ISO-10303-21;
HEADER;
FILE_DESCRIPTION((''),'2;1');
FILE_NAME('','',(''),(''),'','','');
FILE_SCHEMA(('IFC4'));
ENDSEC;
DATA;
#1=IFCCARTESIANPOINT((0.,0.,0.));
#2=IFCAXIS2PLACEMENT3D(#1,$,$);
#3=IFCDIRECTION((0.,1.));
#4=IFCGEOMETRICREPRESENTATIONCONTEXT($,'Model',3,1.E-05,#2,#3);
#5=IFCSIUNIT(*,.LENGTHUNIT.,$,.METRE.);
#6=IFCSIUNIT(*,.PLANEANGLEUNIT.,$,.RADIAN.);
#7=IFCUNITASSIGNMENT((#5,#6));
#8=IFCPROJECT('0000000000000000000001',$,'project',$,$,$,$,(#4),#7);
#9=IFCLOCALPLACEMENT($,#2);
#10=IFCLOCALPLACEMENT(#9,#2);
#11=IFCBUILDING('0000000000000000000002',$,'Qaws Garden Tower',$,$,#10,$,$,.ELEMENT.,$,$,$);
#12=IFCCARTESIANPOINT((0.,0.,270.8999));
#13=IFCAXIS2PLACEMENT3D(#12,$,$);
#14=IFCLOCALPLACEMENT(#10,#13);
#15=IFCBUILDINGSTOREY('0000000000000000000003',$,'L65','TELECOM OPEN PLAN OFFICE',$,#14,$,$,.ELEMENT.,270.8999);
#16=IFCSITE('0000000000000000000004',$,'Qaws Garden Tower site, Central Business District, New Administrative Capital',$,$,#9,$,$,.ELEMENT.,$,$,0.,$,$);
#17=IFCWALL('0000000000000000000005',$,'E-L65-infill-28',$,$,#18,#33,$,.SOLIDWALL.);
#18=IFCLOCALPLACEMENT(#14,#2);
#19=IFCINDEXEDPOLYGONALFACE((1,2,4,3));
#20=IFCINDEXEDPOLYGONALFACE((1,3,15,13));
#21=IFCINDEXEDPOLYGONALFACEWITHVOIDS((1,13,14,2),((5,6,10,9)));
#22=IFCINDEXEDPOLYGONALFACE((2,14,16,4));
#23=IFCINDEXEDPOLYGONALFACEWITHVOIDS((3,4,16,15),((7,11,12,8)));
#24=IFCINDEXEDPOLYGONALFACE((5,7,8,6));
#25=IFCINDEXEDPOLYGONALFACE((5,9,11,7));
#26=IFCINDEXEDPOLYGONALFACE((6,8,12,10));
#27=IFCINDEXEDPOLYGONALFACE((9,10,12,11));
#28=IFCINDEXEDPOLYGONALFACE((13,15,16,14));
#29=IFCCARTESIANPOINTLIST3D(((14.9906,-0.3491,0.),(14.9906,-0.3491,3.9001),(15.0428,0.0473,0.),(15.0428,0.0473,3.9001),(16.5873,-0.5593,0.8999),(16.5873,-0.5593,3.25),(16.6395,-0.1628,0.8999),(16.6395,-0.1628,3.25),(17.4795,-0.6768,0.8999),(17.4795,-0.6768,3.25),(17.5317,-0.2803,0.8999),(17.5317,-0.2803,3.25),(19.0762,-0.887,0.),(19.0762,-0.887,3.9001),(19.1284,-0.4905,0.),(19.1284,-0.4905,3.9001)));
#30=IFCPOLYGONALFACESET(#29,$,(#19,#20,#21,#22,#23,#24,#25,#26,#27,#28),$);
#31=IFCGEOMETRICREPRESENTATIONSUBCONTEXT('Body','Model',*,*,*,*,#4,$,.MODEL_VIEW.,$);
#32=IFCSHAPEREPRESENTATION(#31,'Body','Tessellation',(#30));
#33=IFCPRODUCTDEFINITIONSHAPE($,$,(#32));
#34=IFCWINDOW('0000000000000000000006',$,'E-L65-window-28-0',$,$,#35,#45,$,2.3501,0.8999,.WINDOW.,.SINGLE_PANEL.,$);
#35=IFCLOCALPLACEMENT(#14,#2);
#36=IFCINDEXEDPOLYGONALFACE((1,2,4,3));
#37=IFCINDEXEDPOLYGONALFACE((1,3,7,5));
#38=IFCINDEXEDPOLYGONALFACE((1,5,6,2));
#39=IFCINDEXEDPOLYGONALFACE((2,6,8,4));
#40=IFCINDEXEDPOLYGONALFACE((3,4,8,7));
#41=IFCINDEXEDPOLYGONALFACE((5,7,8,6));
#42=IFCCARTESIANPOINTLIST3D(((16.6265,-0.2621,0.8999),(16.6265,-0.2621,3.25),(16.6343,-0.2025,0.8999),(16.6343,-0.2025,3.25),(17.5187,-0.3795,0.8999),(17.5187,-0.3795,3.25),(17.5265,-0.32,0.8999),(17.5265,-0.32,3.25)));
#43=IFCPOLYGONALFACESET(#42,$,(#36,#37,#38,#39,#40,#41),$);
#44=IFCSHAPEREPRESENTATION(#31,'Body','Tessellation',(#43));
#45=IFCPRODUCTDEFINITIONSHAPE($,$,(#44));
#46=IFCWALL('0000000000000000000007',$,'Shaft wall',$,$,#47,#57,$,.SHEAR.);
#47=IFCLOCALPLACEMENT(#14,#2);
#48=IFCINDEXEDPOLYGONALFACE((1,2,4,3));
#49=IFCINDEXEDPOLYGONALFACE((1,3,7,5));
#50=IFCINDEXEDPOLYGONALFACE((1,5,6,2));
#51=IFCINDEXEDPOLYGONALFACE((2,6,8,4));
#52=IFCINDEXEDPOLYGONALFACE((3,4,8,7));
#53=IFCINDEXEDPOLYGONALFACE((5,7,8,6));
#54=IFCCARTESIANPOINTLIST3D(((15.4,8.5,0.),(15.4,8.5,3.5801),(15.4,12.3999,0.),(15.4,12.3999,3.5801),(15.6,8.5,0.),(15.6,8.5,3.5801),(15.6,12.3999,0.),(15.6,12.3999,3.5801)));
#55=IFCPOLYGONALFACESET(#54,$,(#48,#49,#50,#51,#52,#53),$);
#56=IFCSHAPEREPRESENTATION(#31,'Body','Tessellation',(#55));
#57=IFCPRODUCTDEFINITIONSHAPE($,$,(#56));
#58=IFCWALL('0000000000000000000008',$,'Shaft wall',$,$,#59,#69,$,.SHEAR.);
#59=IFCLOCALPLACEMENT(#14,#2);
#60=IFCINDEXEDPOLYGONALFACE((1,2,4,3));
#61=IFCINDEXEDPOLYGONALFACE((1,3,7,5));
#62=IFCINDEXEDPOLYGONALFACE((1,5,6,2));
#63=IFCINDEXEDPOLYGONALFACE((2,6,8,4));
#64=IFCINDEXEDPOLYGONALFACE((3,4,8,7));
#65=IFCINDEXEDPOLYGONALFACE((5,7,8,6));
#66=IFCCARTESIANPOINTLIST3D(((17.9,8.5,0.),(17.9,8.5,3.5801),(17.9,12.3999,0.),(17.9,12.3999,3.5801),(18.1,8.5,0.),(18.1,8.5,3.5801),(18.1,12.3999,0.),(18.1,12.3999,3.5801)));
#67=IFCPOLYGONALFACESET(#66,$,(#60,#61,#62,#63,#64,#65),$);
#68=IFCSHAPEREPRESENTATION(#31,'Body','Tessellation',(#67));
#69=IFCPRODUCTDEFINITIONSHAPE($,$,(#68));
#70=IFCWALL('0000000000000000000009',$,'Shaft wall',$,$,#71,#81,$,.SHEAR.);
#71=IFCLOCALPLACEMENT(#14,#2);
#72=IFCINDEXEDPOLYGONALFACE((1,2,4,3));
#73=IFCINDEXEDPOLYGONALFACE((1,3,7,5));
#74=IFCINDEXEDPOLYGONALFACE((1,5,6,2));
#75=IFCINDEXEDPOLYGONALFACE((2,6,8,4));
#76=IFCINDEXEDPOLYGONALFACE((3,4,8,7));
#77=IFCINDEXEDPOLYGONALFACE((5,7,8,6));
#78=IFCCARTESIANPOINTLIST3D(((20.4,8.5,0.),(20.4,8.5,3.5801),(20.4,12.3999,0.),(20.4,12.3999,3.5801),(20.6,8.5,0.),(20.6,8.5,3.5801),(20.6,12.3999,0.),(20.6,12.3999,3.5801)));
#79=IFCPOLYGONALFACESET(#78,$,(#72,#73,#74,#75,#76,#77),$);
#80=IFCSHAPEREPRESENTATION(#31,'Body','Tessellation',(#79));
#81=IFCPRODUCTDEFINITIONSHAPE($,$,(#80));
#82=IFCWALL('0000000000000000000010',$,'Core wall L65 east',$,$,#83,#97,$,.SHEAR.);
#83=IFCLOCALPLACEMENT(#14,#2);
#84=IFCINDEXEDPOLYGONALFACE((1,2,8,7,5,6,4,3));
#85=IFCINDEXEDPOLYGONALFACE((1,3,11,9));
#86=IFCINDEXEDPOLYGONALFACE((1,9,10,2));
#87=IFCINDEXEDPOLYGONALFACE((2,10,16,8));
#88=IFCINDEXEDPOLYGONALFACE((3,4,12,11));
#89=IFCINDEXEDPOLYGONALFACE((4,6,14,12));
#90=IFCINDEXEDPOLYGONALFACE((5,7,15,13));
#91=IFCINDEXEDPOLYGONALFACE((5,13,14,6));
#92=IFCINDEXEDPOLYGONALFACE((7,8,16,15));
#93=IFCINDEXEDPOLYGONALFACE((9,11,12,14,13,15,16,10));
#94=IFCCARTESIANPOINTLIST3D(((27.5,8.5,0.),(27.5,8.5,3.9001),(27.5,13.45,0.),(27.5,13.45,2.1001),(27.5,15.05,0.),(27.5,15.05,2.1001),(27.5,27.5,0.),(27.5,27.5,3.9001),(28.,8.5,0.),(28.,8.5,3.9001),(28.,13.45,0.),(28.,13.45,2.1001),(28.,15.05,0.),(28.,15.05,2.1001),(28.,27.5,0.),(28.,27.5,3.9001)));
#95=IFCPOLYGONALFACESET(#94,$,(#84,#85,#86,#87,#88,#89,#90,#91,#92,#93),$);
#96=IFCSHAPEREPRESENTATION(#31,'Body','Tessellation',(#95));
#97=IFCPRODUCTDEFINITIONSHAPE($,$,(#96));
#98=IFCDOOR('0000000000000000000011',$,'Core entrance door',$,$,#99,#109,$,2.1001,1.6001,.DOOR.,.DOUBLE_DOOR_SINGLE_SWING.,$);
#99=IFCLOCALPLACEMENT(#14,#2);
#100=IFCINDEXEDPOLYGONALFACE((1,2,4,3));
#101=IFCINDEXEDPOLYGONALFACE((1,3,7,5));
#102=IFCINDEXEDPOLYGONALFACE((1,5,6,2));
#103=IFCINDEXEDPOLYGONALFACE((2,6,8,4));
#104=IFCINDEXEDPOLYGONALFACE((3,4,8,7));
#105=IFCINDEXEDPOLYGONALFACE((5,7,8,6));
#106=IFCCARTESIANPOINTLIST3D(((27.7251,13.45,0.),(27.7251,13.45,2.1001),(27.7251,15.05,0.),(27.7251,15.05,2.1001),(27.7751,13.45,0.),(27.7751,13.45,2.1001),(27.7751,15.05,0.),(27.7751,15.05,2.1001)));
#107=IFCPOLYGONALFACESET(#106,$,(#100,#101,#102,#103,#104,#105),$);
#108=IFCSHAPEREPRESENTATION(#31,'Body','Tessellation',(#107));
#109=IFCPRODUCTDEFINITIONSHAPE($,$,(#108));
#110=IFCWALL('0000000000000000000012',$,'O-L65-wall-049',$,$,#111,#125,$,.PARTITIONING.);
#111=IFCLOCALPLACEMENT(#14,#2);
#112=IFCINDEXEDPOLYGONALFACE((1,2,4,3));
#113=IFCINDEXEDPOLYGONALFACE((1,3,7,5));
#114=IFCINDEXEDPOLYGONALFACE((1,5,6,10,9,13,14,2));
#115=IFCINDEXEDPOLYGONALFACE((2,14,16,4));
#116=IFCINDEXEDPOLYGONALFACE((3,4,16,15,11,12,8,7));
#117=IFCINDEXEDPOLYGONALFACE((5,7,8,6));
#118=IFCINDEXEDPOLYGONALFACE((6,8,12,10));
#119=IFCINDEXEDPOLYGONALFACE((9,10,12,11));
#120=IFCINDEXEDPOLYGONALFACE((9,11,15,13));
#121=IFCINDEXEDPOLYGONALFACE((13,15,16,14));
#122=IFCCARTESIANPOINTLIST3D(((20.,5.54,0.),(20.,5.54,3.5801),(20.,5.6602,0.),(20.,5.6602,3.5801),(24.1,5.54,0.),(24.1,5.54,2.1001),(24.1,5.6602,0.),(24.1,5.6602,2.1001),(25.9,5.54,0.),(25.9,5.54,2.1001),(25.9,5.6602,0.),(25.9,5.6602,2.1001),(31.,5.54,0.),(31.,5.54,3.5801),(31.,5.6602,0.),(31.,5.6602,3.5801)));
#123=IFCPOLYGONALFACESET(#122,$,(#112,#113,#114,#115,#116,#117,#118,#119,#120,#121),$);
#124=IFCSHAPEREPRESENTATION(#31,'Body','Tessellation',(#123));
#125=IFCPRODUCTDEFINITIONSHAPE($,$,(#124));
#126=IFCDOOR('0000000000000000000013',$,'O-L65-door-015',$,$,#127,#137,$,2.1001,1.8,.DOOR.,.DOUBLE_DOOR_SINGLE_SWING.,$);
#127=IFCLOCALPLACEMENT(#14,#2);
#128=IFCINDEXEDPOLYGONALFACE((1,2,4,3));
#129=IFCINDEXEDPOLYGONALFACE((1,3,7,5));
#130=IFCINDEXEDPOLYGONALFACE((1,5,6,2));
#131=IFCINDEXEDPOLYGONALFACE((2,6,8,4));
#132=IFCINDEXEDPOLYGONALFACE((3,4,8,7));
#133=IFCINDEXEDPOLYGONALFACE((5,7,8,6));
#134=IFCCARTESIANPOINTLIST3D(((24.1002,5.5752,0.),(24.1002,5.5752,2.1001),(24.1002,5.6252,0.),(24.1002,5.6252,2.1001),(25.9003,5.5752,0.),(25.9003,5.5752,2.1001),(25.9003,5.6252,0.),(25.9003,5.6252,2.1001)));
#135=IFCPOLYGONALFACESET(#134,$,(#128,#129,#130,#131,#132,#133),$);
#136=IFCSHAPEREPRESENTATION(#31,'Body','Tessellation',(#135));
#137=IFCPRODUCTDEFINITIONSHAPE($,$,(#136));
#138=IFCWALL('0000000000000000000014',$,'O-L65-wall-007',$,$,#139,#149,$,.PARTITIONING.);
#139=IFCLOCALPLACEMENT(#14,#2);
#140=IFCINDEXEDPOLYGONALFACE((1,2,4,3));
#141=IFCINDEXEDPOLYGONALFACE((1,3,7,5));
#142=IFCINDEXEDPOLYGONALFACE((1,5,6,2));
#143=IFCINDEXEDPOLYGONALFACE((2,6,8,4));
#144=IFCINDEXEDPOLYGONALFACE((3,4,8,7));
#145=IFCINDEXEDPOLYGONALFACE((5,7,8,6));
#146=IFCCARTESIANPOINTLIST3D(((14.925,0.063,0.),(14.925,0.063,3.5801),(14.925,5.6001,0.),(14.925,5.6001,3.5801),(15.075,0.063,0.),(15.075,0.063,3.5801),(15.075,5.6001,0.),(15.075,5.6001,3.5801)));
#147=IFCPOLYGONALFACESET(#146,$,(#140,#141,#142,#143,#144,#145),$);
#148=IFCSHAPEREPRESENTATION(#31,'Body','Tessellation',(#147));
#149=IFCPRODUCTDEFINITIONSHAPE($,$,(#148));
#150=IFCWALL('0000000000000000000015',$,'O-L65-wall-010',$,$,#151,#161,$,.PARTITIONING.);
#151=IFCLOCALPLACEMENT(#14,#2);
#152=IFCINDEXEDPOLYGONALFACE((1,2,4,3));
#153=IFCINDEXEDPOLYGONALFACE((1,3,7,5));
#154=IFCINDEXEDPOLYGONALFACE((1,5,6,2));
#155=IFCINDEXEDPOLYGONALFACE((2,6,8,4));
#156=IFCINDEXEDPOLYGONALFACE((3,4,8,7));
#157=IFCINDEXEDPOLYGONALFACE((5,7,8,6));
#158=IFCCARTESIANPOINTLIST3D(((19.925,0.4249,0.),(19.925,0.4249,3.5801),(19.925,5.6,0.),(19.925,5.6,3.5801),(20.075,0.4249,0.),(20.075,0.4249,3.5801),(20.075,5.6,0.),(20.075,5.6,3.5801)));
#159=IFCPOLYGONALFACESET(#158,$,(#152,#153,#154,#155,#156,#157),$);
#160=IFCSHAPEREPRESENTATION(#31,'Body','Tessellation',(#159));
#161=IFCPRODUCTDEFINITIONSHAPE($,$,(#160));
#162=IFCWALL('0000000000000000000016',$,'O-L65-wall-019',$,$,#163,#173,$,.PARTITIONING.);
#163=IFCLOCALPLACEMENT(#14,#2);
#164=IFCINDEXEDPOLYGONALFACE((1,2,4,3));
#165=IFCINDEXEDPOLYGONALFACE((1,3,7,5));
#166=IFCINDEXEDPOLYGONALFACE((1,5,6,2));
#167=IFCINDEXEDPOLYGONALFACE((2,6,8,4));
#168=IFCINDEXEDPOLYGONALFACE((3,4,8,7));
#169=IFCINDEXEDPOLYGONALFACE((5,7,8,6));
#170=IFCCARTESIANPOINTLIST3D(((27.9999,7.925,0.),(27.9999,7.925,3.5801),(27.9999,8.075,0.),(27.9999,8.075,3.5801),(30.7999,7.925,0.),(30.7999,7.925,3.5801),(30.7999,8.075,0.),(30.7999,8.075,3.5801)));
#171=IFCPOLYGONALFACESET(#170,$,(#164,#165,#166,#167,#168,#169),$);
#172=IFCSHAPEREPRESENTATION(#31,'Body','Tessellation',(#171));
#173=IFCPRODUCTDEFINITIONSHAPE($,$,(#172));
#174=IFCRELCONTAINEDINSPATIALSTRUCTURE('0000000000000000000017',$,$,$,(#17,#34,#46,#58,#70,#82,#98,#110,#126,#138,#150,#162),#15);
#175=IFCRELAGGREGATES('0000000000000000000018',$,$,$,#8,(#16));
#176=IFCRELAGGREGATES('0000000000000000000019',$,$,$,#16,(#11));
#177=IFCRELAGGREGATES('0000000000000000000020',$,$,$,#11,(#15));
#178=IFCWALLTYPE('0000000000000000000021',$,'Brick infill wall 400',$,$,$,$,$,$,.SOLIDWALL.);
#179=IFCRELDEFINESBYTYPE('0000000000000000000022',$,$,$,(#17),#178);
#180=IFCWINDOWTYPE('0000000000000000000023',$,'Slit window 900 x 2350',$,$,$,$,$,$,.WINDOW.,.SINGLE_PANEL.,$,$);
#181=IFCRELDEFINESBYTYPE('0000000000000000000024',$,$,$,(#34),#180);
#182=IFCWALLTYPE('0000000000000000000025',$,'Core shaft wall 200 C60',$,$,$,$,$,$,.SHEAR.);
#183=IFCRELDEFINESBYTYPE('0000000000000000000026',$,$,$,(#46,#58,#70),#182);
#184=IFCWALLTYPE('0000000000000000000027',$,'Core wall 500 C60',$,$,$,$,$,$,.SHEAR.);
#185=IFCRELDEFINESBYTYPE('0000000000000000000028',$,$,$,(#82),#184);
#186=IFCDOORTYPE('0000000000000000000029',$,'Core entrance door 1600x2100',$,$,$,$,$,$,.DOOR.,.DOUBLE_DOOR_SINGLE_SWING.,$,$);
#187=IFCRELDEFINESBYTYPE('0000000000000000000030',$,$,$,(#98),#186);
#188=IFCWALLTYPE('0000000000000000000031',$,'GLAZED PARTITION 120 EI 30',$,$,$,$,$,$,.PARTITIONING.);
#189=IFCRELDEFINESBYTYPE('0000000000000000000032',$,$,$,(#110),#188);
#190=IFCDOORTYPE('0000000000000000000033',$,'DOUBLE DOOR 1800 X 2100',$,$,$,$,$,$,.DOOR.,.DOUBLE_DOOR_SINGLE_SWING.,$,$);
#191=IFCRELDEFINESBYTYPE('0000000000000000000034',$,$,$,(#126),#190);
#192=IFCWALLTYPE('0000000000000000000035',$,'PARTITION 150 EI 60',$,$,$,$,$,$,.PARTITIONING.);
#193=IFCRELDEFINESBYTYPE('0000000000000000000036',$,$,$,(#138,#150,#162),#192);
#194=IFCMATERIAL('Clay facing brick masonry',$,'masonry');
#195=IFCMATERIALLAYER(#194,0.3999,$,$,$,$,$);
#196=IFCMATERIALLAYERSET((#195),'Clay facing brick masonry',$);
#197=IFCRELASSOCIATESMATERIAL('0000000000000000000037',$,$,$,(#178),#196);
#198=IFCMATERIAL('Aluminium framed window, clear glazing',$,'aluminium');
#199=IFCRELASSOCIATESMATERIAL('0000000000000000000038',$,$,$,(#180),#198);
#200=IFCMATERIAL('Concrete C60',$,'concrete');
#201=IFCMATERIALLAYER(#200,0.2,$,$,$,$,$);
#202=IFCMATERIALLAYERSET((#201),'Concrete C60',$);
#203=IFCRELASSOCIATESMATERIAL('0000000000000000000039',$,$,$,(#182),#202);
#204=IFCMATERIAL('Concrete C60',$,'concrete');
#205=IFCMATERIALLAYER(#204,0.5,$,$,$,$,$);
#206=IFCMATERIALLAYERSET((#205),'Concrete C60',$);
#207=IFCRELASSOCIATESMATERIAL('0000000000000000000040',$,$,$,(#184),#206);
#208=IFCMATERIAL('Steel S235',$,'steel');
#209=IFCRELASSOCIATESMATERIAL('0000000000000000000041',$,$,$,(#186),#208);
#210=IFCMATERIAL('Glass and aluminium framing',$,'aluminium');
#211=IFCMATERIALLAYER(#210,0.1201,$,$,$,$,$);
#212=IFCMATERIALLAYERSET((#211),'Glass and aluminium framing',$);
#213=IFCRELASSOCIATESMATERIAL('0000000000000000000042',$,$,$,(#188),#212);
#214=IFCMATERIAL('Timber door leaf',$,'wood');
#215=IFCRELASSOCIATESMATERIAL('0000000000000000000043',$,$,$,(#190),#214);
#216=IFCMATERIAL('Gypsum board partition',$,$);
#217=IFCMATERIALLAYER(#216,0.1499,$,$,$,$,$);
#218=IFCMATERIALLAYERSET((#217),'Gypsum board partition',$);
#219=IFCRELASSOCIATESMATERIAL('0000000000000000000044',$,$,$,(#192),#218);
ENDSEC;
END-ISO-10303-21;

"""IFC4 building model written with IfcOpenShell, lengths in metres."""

from ifc_helpers import new_model, si_unit, direction, frame, frame_2d, origin, place, context, subcontext, project, spatial, rectangle, extrude, material, layer, layer_set, type_object, element, fill, save


model = new_model("IFC4")

# Units and contexts
model_context = context("Model", 3, precision=1e-05, world=origin(), true_north=direction((0.0, 1.0)))
body_context = subcontext(model_context, "Body", "Model", "MODEL_VIEW")
ifc_project = project(units=[si_unit("LENGTHUNIT", "METRE"), si_unit("PLANEANGLEUNIT", "RADIAN")], contexts=[model_context])

# Site, building, storey
site_placement = place(None, origin())
site = spatial("IfcSite", under=ifc_project, at=site_placement, Name="Qaws Garden Tower site, Central Business District, New Administrative Capital", CompositionType="ELEMENT", RefElevation=0.0)
building_placement = place(site_placement, origin())
building = spatial("IfcBuilding", under=site, at=building_placement, Name="Qaws Garden Tower", CompositionType="ELEMENT")
storey_placement = place(building_placement, frame((0.0, 0.0, 270.8999)))
storey = spatial("IfcBuildingStorey", under=building, at=storey_placement, Name="L65", Description="TELECOM OPEN PLAN OFFICE", CompositionType="ELEMENT", Elevation=270.8999)

# Shared definitions
ifc_material_1 = material(Name="Clay facing brick masonry", Category="masonry")
ifc_layer_1 = layer(ifc_material_1, 0.3999)
ifc_layer_set_1 = layer_set([ifc_layer_1], Name="Clay facing brick masonry")
wall_type_1 = type_object("IfcWallType", Name="Brick infill wall 400", PredefinedType="SOLIDWALL", material=ifc_layer_set_1)
ifc_material_2 = material(Name="Aluminium framed window, clear glazing", Category="aluminium")
window_type = type_object("IfcWindowType", Name="Slit window 900 x 2350", PartitioningType="SINGLE_PANEL", PredefinedType="WINDOW", material=ifc_material_2)

# Wall, opening, window
wall_1_placement = place(storey_placement, frame((15.0166, -0.1509, 0.0), z_axis=(0.0, 0.0, 1.0), x_axis=(0.991446, -0.130514, 0.0)))
wall_1 = element("IfcWall", 1, at=wall_1_placement, inside=storey, type_object=wall_type_1, Name="E-L65-infill-28", PredefinedType="SOLIDWALL", context=body_context, shape_type="SweptSolid", body=[
    extrude(rectangle(XDim=4.1208, YDim=0.3999, at=frame_2d((2.0605, 0.0))), origin(), (0.0, 0.0, 1.0), 3.9001),
])
opening_1_placement = place(wall_1_placement, frame((1.6106, 0.0, 0.8999)))
opening_1 = element("IfcOpeningElement", 2, at=opening_1_placement, cuts=wall_1, PredefinedType="OPENING", context=body_context, shape_type="SweptSolid", body=[
    extrude(rectangle(XDim=0.8999, YDim=2.3501, at=frame_2d((0.45, 1.175))), frame((0.0, 0.21, 0.0), z_axis=(0.0, -1.0, 0.0), x_axis=(1.0, 0.0, 0.0)), (0.0, 0.0, 1.0), 0.4199),
])
window_1_placement = place(opening_1_placement, origin())
window_1 = element("IfcWindow", 3, at=window_1_placement, inside=storey, type_object=window_type, Name="E-L65-window-28-0", OverallHeight=2.3501, OverallWidth=0.8999, PartitioningType="SINGLE_PANEL", PredefinedType="WINDOW", context=body_context, shape_type="SweptSolid", body=[
    extrude(rectangle(XDim=0.8999, YDim=2.3501, at=frame_2d((0.45, 1.175))), frame((0.0, 0.1599, 0.0), z_axis=(0.0, -1.0, 0.0), x_axis=(1.0, 0.0, 0.0)), (0.0, 0.0, 1.0), 0.0601),
])
fill(opening_1, window_1)

# Walls
ifc_material_3 = material(Name="Concrete C60", Category="concrete")
ifc_layer_2 = layer(ifc_material_3, 0.2)
ifc_layer_set_2 = layer_set([ifc_layer_2], Name="Concrete C60")
wall_type_2 = type_object("IfcWallType", Name="Core shaft wall 200 C60", PredefinedType="SHEAR", material=ifc_layer_set_2)
for number, where, z_axis, x_axis, name in (
    (4, (15.5, 8.5, 0.0), (0.0, 0.0, 1.0), (0.0, 1.0, 0.0), "Shaft wall"),
    (5, (18.0, 8.5, 0.0), (0.0, 0.0, 1.0), (0.0, 1.0, 0.0), "Shaft wall"),
    (6, (20.5, 8.5, 0.0), (0.0, 0.0, 1.0), (0.0, 1.0, 0.0), "Shaft wall"),
):
    element("IfcWall", number, at=place(storey_placement, frame(where, z_axis=z_axis, x_axis=x_axis)), inside=storey, type_object=wall_type_2, Name=name, PredefinedType="SHEAR", context=body_context, shape_type="SweptSolid", body=[
        extrude(rectangle(XDim=3.8999, YDim=0.2, at=frame_2d((1.95, 0.0))), origin(), (0.0, 0.0, 1.0), 3.5801),
    ])

# Walls, openings, doors
ifc_material_4 = material(Name="Concrete C60", Category="concrete")
ifc_layer_3 = layer(ifc_material_4, 0.5)
ifc_layer_set_3 = layer_set([ifc_layer_3], Name="Concrete C60")
wall_type_3 = type_object("IfcWallType", Name="Core wall 500 C60", PredefinedType="SHEAR", material=ifc_layer_set_3)
wall_2_placement = place(storey_placement, frame((27.75, 8.5, 0.0), z_axis=(0.0, 0.0, 1.0), x_axis=(0.0, 1.0, 0.0)))
wall_2 = element("IfcWall", 7, at=wall_2_placement, inside=storey, type_object=wall_type_3, Name="Core wall L65 east", PredefinedType="SHEAR", context=body_context, shape_type="SweptSolid", body=[
    extrude(rectangle(XDim=19.0, YDim=0.5, at=frame_2d((9.5, 0.0))), origin(), (0.0, 0.0, 1.0), 3.9001),
])
opening_2_placement = place(wall_2_placement, frame((4.95, 0.0, 0.0)))
opening_2 = element("IfcOpeningElement", 8, at=opening_2_placement, cuts=wall_2, PredefinedType="OPENING", context=body_context, shape_type="SweptSolid", body=[
    extrude(rectangle(XDim=1.6001, YDim=2.1001, at=frame_2d((0.8, 1.05))), frame((0.0, 0.26, 0.0), z_axis=(0.0, -1.0, 0.0), x_axis=(1.0, 0.0, 0.0)), (0.0, 0.0, 1.0), 0.52),
])
ifc_material_5 = material(Name="Steel S235", Category="steel")
door_type_1 = type_object("IfcDoorType", Name="Core entrance door 1600x2100", OperationType="DOUBLE_DOOR_SINGLE_SWING", PredefinedType="DOOR", material=ifc_material_5)
door_1_placement = place(opening_2_placement, origin())
door_1 = element("IfcDoor", 9, at=door_1_placement, inside=storey, type_object=door_type_1, Name="Core entrance door", OperationType="DOUBLE_DOOR_SINGLE_SWING", OverallHeight=2.1001, OverallWidth=1.6001, PredefinedType="DOOR", context=body_context, shape_type="SweptSolid", body=[
    extrude(rectangle(XDim=1.6001, YDim=2.1001, at=frame_2d((0.8, 1.05))), frame((0.0, 0.0249, 0.0), z_axis=(0.0, -1.0, 0.0), x_axis=(1.0, 0.0, 0.0)), (0.0, 0.0, 1.0), 0.05),
])
fill(opening_2, door_1)
ifc_material_6 = material(Name="Glass and aluminium framing", Category="aluminium")
ifc_layer_4 = layer(ifc_material_6, 0.1201)
ifc_layer_set_4 = layer_set([ifc_layer_4], Name="Glass and aluminium framing")
wall_type_4 = type_object("IfcWallType", Name="GLAZED PARTITION 120 EI 30", PredefinedType="PARTITIONING", material=ifc_layer_set_4)
wall_3_placement = place(storey_placement, frame((20.0, 5.6001, 0.0), z_axis=(0.0, 0.0, 1.0), x_axis=(1.0, 0.0, 0.0)))
wall_3 = element("IfcWall", 10, at=wall_3_placement, inside=storey, type_object=wall_type_4, Name="O-L65-wall-049", PredefinedType="PARTITIONING", context=body_context, shape_type="SweptSolid", body=[
    extrude(rectangle(XDim=11.0, YDim=0.1201, at=frame_2d((5.5, 0.0))), origin(), (0.0, 0.0, 1.0), 3.5801),
])
opening_3_placement = place(wall_3_placement, frame((4.1001, 0.0, 0.0)))
opening_3 = element("IfcOpeningElement", 11, at=opening_3_placement, cuts=wall_3, PredefinedType="OPENING", context=body_context, shape_type="SweptSolid", body=[
    extrude(rectangle(XDim=1.8, YDim=2.1001, at=frame_2d((0.8999, 1.05))), frame((0.0, 0.0701, 0.0), z_axis=(0.0, -1.0, 0.0), x_axis=(1.0, 0.0, 0.0)), (0.0, 0.0, 1.0), 0.1401),
])
ifc_material_7 = material(Name="Timber door leaf", Category="wood")
door_type_2 = type_object("IfcDoorType", Name="DOUBLE DOOR 1800 X 2100", OperationType="DOUBLE_DOOR_SINGLE_SWING", PredefinedType="DOOR", material=ifc_material_7)
door_2_placement = place(opening_3_placement, frame((1.8, 0.0, 0.0), z_axis=(0.0, 0.0, 1.0), x_axis=(-1.0, 0.0, 0.0)))
door_2 = element("IfcDoor", 12, at=door_2_placement, inside=storey, type_object=door_type_2, Name="O-L65-door-015", OperationType="DOUBLE_DOOR_SINGLE_SWING", OverallHeight=2.1001, OverallWidth=1.8, PredefinedType="DOOR", context=body_context, shape_type="SweptSolid", body=[
    extrude(rectangle(XDim=1.8, YDim=2.1001, at=frame_2d((0.8999, 1.05))), frame((0.0, 0.0249, 0.0), z_axis=(0.0, -1.0, 0.0), x_axis=(1.0, 0.0, 0.0)), (0.0, 0.0, 1.0), 0.05),
])
fill(opening_3, door_2)

# Walls
ifc_material_8 = material(Name="Gypsum board partition")
ifc_layer_5 = layer(ifc_material_8, 0.1499)
ifc_layer_set_5 = layer_set([ifc_layer_5], Name="Gypsum board partition")
wall_type_5 = type_object("IfcWallType", Name="PARTITION 150 EI 60", PredefinedType="PARTITIONING", material=ifc_layer_set_5)
wall_4_placement = place(storey_placement, frame((15.0, 0.063, 0.0), z_axis=(0.0, 0.0, 1.0), x_axis=(0.0, 1.0, 0.0)))
element("IfcWall", 13, at=wall_4_placement, inside=storey, type_object=wall_type_5, Name="O-L65-wall-007", PredefinedType="PARTITIONING", context=body_context, shape_type="SweptSolid", body=[
    extrude(rectangle(XDim=5.5371, YDim=0.1499, at=frame_2d((2.7686, 0.0))), origin(), (0.0, 0.0, 1.0), 3.5801),
])
wall_5_placement = place(storey_placement, frame((20.0, 0.425, 0.0), z_axis=(0.0, 0.0, 1.0), x_axis=(0.0, 1.0, 0.0)))
element("IfcWall", 14, at=wall_5_placement, inside=storey, type_object=wall_type_5, Name="O-L65-wall-010", PredefinedType="PARTITIONING", context=body_context, shape_type="SweptSolid", body=[
    extrude(rectangle(XDim=5.175, YDim=0.1499, at=frame_2d((2.5874, 0.0))), origin(), (0.0, 0.0, 1.0), 3.5801),
])
wall_6_placement = place(storey_placement, frame((28.0, 8.0, 0.0), z_axis=(0.0, 0.0, 1.0), x_axis=(1.0, 0.0, 0.0)))
element("IfcWall", 15, at=wall_6_placement, inside=storey, type_object=wall_type_5, Name="O-L65-wall-019", PredefinedType="PARTITIONING", context=body_context, shape_type="SweptSolid", body=[
    extrude(rectangle(XDim=2.8, YDim=0.1499, at=frame_2d((1.3999, 0.0))), origin(), (0.0, 0.0, 1.0), 3.5801),
])

save(model, "model.ifc")
